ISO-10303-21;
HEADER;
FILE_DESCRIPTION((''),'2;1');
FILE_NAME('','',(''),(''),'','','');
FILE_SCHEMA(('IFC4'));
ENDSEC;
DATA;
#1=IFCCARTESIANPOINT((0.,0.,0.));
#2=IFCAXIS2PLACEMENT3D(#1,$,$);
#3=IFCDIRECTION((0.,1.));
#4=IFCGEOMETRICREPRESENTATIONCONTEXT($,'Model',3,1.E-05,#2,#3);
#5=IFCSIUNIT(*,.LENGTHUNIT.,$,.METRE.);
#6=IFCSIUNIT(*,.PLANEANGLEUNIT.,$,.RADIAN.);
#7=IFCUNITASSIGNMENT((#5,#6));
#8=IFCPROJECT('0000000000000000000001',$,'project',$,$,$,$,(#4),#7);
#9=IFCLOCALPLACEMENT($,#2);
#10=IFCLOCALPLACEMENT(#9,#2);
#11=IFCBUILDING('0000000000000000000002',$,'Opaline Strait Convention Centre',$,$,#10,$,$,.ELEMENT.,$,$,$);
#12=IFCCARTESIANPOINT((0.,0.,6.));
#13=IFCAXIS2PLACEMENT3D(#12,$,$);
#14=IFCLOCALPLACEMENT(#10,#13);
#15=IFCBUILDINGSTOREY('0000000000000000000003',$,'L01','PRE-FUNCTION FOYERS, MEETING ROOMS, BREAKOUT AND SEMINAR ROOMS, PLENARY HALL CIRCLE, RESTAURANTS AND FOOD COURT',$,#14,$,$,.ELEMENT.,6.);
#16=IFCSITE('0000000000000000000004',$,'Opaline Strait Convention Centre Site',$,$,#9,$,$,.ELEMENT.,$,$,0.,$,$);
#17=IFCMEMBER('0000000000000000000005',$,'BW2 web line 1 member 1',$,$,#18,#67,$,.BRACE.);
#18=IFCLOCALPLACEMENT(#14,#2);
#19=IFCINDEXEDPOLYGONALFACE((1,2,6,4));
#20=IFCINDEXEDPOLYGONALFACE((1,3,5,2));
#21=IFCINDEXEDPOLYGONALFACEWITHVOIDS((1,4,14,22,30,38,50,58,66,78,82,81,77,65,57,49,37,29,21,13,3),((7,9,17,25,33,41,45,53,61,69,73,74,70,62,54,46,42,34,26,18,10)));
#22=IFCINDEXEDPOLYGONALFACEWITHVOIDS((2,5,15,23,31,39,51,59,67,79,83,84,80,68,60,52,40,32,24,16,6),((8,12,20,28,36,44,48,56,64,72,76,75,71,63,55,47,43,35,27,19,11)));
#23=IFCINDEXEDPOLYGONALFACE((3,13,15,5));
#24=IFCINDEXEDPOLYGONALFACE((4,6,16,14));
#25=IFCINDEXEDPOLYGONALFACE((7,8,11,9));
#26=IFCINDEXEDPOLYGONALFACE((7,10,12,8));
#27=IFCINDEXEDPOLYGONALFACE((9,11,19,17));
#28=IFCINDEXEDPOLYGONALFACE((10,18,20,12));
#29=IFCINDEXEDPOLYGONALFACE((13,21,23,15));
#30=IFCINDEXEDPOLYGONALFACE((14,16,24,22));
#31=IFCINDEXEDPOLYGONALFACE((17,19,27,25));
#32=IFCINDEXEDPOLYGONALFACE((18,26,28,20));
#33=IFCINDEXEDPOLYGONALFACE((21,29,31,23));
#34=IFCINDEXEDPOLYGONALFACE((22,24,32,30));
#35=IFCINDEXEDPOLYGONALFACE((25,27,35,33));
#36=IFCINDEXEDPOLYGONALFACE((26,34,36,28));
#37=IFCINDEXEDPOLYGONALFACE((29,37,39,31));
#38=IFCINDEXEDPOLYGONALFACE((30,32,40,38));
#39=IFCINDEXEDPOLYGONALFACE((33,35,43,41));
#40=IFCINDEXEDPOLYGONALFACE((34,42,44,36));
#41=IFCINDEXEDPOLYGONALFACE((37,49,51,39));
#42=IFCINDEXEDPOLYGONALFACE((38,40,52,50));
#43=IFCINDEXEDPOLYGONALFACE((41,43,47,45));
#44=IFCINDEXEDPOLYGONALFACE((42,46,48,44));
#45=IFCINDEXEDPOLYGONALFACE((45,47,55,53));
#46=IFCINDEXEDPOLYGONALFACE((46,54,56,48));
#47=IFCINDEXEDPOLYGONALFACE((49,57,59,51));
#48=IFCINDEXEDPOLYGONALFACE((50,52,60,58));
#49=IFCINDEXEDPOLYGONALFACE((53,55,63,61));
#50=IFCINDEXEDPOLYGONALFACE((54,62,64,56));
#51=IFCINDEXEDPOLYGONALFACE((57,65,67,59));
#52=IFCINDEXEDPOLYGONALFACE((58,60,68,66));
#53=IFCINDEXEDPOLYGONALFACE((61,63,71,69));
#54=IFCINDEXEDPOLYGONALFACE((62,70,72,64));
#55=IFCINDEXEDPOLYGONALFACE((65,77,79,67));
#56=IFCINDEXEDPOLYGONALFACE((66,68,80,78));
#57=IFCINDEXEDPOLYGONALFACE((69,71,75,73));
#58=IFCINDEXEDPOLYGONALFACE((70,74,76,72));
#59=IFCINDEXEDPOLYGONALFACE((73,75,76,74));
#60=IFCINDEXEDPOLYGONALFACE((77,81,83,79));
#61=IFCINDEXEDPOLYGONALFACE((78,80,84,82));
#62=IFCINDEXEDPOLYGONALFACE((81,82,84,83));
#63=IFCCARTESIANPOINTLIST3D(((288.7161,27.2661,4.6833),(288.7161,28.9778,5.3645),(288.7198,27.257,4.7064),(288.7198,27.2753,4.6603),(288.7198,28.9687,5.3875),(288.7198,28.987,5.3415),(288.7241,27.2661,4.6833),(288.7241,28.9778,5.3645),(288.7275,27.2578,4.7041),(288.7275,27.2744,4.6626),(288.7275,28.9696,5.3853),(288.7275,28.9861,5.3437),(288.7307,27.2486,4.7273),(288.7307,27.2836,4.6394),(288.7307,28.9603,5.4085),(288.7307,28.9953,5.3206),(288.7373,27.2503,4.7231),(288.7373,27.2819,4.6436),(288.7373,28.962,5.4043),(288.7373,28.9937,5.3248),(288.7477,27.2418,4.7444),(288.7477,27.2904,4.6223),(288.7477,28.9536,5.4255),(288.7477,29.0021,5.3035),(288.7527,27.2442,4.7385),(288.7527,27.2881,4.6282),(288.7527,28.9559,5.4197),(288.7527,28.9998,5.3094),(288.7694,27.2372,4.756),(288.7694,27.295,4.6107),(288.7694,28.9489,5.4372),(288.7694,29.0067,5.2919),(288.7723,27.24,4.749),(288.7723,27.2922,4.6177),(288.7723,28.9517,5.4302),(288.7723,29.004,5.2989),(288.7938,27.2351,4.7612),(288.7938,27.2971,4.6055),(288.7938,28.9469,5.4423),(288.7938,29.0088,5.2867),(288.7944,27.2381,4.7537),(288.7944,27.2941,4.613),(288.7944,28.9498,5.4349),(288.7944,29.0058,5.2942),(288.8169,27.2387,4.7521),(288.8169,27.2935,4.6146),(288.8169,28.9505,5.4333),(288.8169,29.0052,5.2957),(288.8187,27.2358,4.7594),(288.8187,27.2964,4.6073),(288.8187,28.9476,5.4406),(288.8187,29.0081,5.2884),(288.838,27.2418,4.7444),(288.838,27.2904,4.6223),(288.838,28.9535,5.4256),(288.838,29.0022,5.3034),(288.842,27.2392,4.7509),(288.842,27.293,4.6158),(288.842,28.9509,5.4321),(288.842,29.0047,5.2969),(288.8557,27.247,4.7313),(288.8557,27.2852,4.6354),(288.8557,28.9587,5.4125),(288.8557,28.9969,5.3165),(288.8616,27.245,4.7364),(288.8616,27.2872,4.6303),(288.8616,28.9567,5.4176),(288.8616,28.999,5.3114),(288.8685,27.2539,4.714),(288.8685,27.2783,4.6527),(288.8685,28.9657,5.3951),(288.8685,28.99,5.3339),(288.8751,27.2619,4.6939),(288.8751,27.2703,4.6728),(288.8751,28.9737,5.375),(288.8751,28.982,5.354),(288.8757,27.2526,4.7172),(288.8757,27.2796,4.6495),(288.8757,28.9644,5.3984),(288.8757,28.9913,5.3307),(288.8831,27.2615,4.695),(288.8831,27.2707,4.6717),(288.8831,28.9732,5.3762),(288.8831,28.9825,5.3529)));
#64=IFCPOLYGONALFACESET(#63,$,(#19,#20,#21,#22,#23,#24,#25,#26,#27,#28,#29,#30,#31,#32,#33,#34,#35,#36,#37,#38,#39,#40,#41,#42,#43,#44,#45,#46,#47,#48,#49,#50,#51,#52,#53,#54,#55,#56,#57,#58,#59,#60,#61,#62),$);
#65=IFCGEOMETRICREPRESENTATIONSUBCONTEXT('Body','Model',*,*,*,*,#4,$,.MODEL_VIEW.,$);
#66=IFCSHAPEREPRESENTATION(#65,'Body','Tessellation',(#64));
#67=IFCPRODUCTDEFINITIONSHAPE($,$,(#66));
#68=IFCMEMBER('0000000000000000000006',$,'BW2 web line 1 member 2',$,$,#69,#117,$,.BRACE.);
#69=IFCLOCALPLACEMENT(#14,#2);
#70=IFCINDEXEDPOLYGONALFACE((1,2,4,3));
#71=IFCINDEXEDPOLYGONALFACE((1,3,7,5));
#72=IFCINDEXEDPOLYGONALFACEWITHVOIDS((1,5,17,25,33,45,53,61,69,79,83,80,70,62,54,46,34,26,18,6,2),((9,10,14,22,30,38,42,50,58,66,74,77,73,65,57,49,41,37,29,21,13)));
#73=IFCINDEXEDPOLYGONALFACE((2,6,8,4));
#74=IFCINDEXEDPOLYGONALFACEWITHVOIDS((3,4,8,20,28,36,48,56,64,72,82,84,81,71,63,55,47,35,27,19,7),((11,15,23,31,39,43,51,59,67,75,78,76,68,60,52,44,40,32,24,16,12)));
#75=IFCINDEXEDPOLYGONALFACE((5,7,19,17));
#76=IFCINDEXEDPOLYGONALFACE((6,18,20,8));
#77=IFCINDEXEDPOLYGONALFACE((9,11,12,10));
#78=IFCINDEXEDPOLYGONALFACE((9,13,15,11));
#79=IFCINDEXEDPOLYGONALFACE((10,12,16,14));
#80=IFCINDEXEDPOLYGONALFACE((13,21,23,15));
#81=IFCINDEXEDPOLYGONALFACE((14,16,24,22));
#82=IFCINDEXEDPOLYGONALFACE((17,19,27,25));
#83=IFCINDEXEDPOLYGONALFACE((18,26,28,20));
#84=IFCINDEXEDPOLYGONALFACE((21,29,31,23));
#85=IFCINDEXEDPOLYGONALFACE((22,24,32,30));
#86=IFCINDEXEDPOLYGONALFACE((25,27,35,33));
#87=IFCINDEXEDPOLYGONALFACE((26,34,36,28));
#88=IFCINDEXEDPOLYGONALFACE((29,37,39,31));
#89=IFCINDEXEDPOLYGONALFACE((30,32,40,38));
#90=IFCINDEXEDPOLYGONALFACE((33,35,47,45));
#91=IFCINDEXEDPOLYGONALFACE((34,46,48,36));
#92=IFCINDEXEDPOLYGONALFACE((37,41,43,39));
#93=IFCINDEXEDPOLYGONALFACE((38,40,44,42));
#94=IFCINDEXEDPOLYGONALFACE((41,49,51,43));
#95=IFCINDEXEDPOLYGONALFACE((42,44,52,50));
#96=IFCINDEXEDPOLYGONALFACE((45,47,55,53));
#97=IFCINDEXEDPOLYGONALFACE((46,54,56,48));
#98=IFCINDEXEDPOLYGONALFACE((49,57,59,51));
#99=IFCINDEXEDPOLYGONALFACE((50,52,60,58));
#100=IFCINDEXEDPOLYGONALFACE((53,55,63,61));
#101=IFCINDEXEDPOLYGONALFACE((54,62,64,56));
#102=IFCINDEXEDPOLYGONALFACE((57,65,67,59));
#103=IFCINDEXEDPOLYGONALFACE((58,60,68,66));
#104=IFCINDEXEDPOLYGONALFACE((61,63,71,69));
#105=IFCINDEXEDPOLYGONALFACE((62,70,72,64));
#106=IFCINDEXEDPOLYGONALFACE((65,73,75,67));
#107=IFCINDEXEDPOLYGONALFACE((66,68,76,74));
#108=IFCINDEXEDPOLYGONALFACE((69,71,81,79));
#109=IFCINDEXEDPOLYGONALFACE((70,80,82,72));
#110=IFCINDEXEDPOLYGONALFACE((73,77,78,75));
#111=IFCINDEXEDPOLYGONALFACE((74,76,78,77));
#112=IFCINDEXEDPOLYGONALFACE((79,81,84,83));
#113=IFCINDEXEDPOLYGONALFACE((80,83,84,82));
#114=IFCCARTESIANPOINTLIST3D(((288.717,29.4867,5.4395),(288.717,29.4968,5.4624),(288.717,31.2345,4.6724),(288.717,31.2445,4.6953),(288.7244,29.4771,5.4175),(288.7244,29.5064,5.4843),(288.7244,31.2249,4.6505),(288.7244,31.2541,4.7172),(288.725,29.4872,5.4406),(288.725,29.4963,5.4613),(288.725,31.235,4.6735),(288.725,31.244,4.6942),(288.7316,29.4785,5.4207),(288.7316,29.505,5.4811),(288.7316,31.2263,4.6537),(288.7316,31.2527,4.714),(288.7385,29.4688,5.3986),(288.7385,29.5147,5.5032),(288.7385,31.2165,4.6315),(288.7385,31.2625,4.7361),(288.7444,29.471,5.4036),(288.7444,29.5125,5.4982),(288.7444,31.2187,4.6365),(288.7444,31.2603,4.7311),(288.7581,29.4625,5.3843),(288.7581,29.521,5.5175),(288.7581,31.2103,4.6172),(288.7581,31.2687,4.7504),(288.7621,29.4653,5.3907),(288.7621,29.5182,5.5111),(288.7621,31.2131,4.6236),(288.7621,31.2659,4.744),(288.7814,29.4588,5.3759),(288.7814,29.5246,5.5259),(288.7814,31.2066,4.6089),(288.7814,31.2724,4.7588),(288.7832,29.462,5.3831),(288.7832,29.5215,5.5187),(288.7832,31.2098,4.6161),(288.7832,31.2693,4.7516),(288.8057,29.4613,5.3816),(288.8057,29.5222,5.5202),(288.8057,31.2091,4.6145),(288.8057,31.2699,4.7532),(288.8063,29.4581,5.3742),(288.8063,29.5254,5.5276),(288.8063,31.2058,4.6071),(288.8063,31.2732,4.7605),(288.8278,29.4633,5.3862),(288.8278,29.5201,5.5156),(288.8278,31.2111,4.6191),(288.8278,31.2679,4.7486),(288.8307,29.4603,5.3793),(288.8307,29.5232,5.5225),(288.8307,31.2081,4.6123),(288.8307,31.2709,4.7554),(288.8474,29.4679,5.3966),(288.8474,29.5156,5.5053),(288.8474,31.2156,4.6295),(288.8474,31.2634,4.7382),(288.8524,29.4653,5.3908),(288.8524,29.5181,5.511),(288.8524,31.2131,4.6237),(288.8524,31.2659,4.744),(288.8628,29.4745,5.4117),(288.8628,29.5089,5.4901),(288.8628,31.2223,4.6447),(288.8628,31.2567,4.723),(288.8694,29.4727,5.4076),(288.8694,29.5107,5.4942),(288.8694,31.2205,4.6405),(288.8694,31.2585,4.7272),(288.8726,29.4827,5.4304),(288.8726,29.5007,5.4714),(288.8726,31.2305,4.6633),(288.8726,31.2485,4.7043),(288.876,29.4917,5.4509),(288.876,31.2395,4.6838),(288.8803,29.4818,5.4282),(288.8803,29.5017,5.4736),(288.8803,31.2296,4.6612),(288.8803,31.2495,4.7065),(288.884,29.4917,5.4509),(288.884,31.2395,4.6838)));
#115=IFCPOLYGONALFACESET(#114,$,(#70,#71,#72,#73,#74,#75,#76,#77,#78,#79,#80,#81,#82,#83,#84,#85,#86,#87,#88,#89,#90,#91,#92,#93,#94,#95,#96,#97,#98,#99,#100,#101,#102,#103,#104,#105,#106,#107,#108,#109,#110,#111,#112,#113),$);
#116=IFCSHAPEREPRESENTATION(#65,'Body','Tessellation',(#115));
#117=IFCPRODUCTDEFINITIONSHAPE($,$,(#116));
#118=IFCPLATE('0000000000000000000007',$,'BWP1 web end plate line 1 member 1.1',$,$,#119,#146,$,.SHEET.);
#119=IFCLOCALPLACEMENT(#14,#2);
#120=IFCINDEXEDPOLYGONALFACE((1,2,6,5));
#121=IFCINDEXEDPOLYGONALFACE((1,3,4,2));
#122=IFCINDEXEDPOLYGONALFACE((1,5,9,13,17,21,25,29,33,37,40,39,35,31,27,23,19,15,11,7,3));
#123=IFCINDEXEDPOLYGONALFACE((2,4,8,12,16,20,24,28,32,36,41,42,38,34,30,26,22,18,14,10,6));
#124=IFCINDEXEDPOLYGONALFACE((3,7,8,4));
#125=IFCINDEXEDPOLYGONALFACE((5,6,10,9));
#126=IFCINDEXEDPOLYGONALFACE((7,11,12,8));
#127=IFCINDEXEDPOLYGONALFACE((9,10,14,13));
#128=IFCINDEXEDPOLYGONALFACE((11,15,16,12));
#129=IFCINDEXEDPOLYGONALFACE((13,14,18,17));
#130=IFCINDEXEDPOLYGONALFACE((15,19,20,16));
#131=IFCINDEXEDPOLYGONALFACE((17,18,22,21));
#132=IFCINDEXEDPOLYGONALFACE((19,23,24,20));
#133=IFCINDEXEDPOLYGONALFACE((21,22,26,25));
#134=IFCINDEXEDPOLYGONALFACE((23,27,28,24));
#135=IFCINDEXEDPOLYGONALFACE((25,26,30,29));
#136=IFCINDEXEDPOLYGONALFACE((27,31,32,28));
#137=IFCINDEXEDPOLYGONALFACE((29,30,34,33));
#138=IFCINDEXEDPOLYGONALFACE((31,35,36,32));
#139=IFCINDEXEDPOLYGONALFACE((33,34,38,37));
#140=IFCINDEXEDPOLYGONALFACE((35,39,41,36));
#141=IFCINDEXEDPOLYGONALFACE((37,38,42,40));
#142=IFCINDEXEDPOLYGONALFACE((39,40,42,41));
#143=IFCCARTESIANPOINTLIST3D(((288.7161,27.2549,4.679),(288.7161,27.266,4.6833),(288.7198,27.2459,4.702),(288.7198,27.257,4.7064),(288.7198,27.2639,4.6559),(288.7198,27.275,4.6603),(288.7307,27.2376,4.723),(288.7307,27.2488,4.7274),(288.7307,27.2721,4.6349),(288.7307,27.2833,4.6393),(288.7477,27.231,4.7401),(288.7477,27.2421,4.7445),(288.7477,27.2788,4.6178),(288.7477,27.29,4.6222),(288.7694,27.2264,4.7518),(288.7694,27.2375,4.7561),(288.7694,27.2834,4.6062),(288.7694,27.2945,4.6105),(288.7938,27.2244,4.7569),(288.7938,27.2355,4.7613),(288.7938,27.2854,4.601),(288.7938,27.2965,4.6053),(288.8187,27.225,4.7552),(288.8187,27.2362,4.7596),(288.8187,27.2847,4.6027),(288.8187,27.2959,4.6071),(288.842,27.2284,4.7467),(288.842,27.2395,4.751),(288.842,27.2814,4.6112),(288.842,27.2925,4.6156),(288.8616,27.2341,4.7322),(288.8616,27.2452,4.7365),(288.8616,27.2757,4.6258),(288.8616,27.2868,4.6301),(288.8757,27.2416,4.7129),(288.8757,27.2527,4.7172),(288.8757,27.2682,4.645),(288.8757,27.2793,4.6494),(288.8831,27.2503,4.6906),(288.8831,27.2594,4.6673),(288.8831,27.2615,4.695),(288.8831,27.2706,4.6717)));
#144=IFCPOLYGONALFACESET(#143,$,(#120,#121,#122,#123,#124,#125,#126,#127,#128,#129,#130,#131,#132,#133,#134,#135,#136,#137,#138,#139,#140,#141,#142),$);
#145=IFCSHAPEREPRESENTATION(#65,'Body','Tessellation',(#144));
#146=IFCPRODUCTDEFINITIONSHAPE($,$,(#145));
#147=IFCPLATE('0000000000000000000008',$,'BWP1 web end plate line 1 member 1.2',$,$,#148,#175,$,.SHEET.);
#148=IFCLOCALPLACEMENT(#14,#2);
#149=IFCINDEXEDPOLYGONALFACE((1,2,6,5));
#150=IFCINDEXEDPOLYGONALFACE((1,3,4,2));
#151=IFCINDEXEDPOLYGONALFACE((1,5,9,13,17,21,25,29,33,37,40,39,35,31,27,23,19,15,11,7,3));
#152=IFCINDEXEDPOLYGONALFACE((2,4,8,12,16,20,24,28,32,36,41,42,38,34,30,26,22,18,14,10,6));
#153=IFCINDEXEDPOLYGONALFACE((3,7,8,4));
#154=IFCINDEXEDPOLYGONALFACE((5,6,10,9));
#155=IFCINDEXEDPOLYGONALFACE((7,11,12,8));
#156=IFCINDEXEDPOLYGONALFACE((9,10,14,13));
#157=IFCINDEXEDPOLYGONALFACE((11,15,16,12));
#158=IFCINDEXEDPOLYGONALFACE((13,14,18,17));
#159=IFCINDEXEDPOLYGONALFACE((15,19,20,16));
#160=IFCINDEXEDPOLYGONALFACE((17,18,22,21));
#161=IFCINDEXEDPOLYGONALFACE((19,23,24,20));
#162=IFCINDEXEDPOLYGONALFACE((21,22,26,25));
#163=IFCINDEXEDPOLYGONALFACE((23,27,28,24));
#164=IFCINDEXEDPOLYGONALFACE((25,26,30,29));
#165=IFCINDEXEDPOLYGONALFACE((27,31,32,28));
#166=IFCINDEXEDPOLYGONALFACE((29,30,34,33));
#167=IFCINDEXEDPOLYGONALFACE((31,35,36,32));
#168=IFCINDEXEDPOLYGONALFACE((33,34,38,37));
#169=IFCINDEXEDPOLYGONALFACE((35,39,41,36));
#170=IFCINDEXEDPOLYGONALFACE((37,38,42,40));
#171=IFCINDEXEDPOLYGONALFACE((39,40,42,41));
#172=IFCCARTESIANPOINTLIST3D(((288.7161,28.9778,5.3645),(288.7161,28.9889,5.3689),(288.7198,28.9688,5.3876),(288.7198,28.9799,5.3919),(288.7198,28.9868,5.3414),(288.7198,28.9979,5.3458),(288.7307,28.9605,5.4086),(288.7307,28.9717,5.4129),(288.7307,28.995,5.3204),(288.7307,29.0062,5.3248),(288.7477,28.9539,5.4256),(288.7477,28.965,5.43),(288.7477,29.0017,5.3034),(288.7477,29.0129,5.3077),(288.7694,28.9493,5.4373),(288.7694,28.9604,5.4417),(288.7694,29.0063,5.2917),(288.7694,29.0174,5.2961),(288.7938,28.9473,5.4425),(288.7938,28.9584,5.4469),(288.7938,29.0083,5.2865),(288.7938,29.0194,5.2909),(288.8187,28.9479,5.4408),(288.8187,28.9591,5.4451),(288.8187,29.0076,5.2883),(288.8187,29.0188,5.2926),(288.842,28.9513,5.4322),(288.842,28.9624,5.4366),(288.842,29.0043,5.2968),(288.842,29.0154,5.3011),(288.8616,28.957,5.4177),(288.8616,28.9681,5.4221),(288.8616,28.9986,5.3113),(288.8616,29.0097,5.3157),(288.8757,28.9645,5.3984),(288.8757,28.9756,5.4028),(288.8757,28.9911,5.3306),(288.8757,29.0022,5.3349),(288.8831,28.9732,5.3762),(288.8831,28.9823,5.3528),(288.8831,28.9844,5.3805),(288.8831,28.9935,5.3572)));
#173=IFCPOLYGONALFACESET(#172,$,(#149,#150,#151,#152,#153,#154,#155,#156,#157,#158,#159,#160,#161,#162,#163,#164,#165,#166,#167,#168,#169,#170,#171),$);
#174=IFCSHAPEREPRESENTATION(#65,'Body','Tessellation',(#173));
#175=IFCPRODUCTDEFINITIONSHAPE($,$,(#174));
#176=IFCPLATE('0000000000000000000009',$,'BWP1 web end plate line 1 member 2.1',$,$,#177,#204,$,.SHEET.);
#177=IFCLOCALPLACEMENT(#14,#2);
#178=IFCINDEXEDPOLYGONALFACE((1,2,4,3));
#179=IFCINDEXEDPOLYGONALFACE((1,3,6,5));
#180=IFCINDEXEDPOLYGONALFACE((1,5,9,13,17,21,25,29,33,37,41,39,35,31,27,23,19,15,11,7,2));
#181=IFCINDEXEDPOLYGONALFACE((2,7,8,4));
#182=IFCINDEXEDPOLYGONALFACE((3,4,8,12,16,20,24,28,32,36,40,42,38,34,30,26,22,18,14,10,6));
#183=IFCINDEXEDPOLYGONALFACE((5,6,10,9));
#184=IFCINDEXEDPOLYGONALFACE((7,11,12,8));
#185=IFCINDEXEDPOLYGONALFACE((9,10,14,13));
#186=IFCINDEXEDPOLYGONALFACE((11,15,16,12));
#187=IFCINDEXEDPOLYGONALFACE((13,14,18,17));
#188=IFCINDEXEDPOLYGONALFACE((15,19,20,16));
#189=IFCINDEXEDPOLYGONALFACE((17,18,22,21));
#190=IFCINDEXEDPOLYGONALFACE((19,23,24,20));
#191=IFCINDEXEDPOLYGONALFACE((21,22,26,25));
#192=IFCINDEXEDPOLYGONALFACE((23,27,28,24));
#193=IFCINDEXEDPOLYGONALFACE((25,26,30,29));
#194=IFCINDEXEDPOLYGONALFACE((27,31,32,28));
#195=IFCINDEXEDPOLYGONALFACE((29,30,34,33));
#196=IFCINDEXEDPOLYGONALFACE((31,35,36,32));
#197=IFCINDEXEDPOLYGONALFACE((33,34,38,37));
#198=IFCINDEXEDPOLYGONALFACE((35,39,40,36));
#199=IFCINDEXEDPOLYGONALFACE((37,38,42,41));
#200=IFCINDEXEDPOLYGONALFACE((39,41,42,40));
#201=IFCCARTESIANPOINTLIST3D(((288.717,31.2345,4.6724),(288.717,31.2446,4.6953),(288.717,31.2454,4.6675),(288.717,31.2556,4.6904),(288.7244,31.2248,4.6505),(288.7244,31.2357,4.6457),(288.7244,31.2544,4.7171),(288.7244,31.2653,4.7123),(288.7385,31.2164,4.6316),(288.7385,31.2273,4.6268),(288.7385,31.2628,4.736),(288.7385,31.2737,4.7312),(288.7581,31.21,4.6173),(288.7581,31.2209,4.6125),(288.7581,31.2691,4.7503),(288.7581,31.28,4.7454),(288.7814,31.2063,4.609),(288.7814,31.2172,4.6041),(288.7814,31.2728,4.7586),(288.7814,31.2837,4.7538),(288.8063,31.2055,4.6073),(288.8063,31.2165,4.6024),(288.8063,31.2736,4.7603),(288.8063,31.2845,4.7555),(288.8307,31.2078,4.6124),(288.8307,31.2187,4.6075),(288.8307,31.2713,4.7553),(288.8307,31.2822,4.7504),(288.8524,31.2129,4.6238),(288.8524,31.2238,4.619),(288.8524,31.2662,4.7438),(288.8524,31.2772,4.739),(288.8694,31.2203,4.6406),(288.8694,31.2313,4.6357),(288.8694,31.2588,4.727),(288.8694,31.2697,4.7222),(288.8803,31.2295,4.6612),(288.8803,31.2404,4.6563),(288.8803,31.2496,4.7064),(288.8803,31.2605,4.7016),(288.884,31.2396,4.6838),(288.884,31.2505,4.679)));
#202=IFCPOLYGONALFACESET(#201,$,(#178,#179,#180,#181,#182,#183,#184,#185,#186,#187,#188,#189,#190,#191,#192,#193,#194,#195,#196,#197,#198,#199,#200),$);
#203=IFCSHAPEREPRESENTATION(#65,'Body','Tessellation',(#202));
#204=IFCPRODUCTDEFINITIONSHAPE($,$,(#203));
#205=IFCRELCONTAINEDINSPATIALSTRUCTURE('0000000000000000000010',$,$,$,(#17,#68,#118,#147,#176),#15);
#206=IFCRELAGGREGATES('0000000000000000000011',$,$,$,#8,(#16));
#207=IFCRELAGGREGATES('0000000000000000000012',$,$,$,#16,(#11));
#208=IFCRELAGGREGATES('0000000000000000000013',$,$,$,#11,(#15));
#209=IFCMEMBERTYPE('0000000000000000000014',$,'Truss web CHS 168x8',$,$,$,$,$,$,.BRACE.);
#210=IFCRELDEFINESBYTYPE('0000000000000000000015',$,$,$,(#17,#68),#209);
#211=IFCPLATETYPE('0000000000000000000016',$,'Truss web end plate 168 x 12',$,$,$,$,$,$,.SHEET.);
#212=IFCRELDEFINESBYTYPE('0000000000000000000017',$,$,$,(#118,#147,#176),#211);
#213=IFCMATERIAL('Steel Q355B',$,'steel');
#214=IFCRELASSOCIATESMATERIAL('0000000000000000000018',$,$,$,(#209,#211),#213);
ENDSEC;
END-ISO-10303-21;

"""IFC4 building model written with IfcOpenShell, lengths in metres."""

from ifc_helpers import new_model, si_unit, direction, frame, origin, origin_2d, place, context, subcontext, project, spatial, circle, hollow_circle, extrude, material, material_profile, profile_set, type_object, element, save


model = new_model("IFC4")

# Units and contexts
model_context = context("Model", 3, precision=1e-05, world=origin(), true_north=direction((0.0, 1.0)))
body_context = subcontext(model_context, "Body", "Model", "MODEL_VIEW")
ifc_project = project(units=[si_unit("LENGTHUNIT", "METRE"), si_unit("PLANEANGLEUNIT", "RADIAN")], contexts=[model_context])

# Site, building, storey
site_placement = place(None, origin())
site = spatial("IfcSite", under=ifc_project, at=site_placement, Name="Opaline Strait Convention Centre Site", CompositionType="ELEMENT", RefElevation=0.0)
building_placement = place(site_placement, origin())
building = spatial("IfcBuilding", under=site, at=building_placement, Name="Opaline Strait Convention Centre", CompositionType="ELEMENT")
storey_placement = place(building_placement, frame((0.0, 0.0, 6.0)))
storey = spatial("IfcBuildingStorey", under=building, at=storey_placement, Name="L01", Description="PRE-FUNCTION FOYERS, MEETING ROOMS, BREAKOUT AND SEMINAR ROOMS, PLENARY HALL CIRCLE, RESTAURANTS AND FOOD COURT", CompositionType="ELEMENT", Elevation=6.0)

# Members
ifc_material_1 = material(Name="Steel Q355B", Category="steel")
ifc_material_profile_1 = material_profile(ifc_material_1, hollow_circle(Radius=0.084, WallThickness=0.0081, at=origin_2d()), Name="CHS 168x8")
ifc_profile_set_1 = profile_set([ifc_material_profile_1], Name="Steel Q355B")
member_type_1 = type_object("IfcMemberType", Name="Truss web CHS 168x8", PredefinedType="BRACE", material=ifc_profile_set_1)
member_1_placement = place(storey_placement, frame((288.8, 27.2661, 4.6833), z_axis=(0.0, 0.929133, 0.369745), x_axis=(-1.0, 0.0, 0.0)))
element("IfcMember", 1, at=member_1_placement, inside=storey, type_object=member_type_1, Name="BW2 web line 1 member 1", PredefinedType="BRACE", context=body_context, shape_type="SweptSolid", body=[
    extrude(hollow_circle(Radius=0.084, WallThickness=0.0081, at=origin_2d()), origin(), (0.0, 0.0, 1.0), 1.8423),
])
member_2_placement = place(storey_placement, frame((288.8, 31.2395, 4.6838), z_axis=(0.0, -0.91569, 0.401885), x_axis=(1.0, 0.0, 0.0)))
element("IfcMember", 2, at=member_2_placement, inside=storey, type_object=member_type_1, Name="BW2 web line 1 member 2", PredefinedType="BRACE", context=body_context, shape_type="SweptSolid", body=[
    extrude(hollow_circle(Radius=0.084, WallThickness=0.0081, at=origin_2d()), origin(), (0.0, 0.0, 1.0), 1.9087),
])

# Plates
ifc_material_profile_2 = material_profile(ifc_material_1, circle(Radius=0.084, at=origin_2d()), Name="D168")
ifc_profile_set_2 = profile_set([ifc_material_profile_2], Name="Steel Q355B")
plate_type = type_object("IfcPlateType", Name="Truss web end plate 168 x 12", PredefinedType="SHEET", material=ifc_profile_set_2)
for number, where, z_axis, x_axis, name in (
    (3, (288.8, 27.2549, 4.679), (0.0, 0.931243, 0.364399), (-1.0, 0.0, 0.0), "BWP1 web end plate line 1 member 1.1"),
    (4, (288.8, 28.9778, 5.3645), (0.0, 0.931243, 0.364399), (-1.0, 0.0, 0.0), "BWP1 web end plate line 1 member 1.2"),
    (5, (288.8, 31.2505, 4.679), (0.0, -0.913812, 0.406138), (1.0, 0.0, 0.0), "BWP1 web end plate line 1 member 2.1"),
):
    element("IfcPlate", number, at=place(storey_placement, frame(where, z_axis=z_axis, x_axis=x_axis)), inside=storey, type_object=plate_type, Name=name, PredefinedType="SHEET", context=body_context, shape_type="SweptSolid", body=[
        extrude(circle(Radius=0.084, at=origin_2d()), origin(), (0.0, 0.0, 1.0), 0.012),
    ])

save(model, "model.ifc")
